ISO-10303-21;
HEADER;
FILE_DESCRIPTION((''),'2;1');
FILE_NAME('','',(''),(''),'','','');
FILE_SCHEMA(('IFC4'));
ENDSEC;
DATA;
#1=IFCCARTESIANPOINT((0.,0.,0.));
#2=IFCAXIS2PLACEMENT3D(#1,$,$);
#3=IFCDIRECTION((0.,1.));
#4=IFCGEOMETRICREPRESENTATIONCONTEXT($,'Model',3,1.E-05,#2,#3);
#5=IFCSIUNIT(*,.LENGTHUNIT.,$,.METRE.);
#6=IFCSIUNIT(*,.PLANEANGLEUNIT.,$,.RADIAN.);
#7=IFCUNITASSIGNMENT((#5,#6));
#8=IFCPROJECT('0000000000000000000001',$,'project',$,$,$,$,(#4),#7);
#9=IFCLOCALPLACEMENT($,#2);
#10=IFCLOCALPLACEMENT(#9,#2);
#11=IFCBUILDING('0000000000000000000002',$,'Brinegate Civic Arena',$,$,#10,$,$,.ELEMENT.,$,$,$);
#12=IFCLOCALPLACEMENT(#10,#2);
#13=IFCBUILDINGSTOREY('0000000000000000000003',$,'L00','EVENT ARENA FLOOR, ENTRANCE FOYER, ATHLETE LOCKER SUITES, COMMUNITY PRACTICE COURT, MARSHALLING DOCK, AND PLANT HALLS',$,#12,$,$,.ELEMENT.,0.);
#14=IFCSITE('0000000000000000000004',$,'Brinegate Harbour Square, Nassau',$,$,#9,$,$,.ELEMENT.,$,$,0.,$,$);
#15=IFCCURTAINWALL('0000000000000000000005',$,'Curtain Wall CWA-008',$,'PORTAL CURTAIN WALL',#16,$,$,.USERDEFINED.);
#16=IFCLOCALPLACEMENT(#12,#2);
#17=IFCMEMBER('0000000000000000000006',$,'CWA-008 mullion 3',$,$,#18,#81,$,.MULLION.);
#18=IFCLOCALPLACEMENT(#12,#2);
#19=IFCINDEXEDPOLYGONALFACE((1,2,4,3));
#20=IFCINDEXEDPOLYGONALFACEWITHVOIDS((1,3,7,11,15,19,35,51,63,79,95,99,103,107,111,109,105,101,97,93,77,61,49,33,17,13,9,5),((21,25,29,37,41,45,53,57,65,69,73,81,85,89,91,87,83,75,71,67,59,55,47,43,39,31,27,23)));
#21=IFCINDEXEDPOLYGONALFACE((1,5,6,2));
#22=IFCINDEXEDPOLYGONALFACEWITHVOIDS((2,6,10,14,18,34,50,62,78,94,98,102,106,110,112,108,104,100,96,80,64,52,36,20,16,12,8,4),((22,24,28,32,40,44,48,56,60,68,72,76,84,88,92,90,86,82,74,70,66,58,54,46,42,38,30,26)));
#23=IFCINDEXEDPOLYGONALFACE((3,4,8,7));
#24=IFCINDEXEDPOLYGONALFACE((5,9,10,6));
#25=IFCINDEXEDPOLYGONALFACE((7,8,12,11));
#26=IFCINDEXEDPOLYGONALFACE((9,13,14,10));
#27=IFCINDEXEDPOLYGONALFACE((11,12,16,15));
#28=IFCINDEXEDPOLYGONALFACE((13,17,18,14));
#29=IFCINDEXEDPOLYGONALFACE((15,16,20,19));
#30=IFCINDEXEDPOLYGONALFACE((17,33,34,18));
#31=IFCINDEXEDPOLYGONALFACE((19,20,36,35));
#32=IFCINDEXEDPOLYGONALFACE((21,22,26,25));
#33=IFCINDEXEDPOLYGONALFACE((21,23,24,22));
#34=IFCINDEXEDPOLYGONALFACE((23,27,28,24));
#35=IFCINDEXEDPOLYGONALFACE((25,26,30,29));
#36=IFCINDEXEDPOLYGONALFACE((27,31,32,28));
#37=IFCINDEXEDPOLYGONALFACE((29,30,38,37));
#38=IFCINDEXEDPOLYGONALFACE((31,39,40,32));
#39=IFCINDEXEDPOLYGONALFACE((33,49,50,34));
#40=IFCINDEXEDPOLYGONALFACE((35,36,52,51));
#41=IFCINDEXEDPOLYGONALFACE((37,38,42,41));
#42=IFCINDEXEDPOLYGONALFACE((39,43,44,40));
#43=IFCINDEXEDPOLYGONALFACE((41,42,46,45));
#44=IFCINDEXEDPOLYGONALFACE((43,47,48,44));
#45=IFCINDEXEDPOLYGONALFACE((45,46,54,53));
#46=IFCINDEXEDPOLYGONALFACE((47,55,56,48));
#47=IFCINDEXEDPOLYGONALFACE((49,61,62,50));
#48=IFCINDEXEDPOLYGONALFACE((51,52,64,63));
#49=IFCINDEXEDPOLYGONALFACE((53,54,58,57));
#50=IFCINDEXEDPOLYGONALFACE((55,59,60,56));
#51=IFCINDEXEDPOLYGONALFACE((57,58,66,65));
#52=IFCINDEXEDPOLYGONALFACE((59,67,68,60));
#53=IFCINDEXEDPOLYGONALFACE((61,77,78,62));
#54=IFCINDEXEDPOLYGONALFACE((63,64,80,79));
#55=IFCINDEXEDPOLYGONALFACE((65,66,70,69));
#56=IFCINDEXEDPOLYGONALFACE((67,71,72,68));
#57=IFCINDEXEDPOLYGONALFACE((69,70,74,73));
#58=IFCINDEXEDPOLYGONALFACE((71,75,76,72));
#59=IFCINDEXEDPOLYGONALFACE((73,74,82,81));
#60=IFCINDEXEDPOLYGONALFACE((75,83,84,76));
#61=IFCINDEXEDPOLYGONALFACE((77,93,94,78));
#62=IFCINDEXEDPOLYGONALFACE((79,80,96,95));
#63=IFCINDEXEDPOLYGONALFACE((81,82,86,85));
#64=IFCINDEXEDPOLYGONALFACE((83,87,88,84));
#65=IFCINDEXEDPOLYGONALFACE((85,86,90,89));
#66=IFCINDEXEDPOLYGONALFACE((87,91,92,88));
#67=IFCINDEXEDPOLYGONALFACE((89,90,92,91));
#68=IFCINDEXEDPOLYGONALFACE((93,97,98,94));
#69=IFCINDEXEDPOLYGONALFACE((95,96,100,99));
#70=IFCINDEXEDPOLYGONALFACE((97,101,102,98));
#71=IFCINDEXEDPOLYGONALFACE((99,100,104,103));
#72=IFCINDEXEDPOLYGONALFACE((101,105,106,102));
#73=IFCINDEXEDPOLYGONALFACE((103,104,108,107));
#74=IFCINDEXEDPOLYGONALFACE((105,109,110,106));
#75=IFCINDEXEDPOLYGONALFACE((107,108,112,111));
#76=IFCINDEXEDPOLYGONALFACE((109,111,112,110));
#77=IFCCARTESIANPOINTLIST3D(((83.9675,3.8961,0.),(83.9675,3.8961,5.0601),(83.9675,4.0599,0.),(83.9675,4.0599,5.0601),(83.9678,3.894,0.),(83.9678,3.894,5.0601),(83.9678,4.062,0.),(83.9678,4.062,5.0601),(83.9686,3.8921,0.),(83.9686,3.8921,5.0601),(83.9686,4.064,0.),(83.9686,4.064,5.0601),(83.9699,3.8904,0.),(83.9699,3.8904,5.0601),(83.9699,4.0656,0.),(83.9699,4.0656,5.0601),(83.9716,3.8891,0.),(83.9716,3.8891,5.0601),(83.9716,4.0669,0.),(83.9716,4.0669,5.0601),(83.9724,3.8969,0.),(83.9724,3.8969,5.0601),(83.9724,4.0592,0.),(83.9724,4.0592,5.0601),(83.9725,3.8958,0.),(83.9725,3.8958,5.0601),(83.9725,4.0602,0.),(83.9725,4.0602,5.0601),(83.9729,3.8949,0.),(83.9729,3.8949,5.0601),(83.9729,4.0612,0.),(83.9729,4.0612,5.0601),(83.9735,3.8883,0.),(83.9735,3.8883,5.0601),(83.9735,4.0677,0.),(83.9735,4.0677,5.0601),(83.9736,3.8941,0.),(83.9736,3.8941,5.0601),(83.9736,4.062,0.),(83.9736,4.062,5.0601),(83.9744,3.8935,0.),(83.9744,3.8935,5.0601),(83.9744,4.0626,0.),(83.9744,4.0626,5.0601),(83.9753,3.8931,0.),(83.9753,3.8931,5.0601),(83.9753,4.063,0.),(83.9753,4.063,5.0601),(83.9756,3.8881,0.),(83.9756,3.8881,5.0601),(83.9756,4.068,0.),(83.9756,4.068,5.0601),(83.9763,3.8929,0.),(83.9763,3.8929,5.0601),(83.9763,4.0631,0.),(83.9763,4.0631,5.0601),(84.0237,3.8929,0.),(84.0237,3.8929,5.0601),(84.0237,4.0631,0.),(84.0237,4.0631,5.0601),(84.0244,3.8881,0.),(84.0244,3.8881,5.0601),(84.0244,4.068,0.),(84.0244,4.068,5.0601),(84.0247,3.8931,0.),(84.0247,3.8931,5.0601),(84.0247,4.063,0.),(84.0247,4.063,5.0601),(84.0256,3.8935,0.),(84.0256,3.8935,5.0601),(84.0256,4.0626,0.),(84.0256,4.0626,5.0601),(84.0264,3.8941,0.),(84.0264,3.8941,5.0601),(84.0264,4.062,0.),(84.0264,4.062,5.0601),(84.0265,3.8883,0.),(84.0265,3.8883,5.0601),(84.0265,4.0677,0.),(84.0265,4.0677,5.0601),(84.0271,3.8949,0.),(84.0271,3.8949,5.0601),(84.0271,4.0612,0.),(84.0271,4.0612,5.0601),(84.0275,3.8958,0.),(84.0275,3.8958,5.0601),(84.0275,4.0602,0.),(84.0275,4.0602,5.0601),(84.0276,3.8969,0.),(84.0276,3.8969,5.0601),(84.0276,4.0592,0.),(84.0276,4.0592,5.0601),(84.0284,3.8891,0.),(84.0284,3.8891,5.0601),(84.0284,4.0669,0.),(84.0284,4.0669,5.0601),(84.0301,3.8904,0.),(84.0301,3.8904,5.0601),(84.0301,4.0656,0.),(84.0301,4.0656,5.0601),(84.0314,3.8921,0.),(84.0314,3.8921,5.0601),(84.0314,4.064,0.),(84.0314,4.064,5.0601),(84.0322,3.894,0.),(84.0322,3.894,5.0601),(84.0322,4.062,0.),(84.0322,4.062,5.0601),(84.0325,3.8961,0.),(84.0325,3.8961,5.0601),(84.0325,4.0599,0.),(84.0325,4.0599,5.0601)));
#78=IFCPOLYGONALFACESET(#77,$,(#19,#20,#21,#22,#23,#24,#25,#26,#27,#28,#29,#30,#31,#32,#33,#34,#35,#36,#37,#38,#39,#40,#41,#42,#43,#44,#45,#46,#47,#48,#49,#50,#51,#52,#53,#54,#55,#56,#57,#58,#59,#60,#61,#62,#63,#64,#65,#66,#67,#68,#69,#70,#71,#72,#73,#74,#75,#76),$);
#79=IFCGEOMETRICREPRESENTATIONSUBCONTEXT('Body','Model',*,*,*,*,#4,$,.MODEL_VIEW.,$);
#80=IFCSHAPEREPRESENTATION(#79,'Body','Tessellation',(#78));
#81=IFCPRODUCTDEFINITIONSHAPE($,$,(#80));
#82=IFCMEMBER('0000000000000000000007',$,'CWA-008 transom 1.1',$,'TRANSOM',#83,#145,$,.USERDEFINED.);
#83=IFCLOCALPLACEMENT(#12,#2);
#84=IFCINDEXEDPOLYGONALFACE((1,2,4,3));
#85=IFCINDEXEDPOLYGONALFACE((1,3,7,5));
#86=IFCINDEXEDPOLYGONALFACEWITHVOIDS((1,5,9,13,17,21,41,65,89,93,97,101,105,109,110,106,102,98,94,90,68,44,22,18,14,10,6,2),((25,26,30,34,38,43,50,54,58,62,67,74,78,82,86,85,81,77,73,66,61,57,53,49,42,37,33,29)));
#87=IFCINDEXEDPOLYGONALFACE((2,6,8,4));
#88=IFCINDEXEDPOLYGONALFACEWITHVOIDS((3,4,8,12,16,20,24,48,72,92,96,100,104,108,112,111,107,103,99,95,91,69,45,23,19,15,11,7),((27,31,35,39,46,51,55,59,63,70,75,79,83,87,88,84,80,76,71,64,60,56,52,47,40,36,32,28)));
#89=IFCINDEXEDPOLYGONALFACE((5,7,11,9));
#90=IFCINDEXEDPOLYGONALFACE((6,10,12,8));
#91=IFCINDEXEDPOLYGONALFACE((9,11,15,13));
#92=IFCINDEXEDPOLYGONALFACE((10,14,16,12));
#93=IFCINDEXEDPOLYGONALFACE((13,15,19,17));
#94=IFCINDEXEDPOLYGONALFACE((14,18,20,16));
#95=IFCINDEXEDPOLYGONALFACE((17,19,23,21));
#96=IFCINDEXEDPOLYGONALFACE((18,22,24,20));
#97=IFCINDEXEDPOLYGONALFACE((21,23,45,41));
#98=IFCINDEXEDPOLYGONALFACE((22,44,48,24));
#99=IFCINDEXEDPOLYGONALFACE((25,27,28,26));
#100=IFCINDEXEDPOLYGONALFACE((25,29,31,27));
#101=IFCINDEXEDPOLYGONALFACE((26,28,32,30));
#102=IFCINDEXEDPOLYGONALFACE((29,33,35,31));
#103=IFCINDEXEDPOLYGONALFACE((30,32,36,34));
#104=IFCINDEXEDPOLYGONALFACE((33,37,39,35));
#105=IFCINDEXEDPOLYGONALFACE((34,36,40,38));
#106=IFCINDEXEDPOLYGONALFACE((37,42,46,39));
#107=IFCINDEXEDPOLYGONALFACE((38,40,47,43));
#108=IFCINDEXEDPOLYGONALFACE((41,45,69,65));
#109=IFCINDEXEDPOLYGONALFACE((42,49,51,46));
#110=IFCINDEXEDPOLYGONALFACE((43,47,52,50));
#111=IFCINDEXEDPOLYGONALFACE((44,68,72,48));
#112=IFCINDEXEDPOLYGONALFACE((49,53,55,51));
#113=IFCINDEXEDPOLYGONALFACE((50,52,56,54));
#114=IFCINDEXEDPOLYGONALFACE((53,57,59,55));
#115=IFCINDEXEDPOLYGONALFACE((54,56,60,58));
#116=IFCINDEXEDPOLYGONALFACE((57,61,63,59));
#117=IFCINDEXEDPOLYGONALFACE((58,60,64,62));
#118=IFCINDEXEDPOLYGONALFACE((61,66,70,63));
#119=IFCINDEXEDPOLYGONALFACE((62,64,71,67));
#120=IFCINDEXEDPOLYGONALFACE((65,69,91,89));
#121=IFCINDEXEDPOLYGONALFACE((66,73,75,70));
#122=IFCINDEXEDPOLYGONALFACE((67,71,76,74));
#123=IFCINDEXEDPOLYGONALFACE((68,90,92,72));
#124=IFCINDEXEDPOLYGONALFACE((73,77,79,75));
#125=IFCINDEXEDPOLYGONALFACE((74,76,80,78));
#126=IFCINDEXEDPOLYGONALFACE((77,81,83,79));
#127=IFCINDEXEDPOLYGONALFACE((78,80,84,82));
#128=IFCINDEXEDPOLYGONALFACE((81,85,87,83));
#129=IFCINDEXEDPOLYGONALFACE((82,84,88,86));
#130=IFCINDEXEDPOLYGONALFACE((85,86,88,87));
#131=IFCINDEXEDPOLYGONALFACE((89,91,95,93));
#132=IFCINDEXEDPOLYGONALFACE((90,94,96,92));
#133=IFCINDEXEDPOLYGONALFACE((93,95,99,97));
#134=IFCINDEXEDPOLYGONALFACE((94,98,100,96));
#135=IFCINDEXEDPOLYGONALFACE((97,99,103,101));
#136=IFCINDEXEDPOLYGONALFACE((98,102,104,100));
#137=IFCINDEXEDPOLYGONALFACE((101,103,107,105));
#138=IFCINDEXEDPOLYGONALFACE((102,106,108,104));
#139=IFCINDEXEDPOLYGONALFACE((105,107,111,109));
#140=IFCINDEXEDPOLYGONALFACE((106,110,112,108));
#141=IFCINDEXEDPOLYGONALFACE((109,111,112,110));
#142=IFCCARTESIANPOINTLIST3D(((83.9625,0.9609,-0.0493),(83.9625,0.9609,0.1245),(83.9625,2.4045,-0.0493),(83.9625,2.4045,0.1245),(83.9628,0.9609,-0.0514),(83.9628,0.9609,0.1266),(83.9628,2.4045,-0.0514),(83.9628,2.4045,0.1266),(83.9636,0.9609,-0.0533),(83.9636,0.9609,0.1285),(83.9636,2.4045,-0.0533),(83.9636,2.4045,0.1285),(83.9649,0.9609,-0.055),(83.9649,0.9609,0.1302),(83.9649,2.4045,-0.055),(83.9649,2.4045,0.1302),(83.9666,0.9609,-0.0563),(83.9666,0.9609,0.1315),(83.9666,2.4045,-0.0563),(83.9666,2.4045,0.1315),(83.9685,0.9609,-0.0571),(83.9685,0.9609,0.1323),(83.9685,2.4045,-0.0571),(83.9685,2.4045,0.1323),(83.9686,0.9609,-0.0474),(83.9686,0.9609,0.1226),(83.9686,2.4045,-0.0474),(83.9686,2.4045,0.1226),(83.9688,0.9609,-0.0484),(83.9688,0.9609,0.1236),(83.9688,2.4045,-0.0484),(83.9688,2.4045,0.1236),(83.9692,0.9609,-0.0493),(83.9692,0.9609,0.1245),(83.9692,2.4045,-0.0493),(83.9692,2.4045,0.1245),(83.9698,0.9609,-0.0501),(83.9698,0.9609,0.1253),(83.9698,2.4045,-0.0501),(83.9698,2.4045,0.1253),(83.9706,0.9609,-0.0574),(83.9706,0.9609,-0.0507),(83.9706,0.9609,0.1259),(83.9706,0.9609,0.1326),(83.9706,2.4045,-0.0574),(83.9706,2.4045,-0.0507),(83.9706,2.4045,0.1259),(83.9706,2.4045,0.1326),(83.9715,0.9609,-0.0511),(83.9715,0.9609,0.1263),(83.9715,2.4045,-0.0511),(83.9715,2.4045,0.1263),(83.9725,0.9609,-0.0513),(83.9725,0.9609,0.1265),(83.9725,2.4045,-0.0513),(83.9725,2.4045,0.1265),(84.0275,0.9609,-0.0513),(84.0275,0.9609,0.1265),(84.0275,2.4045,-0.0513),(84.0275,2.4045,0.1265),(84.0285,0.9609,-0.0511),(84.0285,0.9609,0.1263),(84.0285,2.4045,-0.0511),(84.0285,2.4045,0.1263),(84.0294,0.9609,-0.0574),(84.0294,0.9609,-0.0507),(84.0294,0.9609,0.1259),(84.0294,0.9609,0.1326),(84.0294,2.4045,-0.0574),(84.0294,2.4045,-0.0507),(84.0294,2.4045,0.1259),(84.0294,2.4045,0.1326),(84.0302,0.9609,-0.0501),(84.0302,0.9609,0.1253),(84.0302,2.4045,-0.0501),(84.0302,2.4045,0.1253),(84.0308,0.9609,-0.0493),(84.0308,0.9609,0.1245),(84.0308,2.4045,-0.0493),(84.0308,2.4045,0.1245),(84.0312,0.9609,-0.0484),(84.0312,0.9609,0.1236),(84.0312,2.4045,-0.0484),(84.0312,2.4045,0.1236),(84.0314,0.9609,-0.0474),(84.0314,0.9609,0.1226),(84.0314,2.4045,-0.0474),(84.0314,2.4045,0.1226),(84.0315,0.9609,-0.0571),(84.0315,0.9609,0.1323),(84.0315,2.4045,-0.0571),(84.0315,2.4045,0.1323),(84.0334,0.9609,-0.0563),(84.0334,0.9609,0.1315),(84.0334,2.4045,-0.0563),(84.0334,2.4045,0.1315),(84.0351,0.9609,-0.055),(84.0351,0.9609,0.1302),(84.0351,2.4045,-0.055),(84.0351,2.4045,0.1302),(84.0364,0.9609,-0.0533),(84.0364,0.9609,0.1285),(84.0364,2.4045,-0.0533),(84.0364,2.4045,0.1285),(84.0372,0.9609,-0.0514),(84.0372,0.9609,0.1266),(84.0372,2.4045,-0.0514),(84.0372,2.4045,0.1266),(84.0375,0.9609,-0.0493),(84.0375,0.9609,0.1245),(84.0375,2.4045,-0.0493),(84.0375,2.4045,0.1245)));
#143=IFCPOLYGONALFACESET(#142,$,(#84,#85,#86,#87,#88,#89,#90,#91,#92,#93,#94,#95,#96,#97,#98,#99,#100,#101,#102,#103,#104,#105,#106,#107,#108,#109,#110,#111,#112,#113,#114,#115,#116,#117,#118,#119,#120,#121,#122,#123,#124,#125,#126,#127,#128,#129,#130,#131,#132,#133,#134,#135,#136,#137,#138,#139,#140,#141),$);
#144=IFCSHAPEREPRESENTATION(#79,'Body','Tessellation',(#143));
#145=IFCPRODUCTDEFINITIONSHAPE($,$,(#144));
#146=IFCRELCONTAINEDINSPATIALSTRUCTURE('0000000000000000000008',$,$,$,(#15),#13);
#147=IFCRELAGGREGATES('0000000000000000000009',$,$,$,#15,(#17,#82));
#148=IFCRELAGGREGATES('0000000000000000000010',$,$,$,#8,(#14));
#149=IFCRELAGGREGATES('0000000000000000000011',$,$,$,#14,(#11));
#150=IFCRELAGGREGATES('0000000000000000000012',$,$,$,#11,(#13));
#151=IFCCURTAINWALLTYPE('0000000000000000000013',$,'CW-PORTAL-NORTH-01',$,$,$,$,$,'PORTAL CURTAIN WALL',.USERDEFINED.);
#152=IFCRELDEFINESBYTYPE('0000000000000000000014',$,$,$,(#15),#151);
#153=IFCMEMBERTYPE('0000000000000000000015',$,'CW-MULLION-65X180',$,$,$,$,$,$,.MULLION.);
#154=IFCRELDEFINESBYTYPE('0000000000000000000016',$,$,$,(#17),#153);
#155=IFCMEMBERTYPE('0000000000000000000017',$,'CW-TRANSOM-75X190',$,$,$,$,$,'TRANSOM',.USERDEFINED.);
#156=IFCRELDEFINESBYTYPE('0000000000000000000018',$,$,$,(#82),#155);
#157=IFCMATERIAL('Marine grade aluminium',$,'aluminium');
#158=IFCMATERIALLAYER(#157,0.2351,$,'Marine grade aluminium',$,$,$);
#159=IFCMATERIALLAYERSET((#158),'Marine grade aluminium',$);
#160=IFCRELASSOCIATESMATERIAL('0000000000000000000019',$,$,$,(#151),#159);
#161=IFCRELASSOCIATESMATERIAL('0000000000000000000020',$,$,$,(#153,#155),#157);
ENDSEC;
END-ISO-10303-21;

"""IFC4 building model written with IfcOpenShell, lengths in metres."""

from ifc_helpers import new_model, si_unit, direction, frame, origin, origin_2d, place, context, subcontext, project, spatial, hollow_rectangle, extrude, material, layer, layer_set, material_profile, profile_set, type_object, element, aggregate, save


model = new_model("IFC4")

# Units and contexts
model_context = context("Model", 3, precision=1e-05, world=origin(), true_north=direction((0.0, 1.0)))
body_context = subcontext(model_context, "Body", "Model", "MODEL_VIEW")
ifc_project = project(units=[si_unit("LENGTHUNIT", "METRE"), si_unit("PLANEANGLEUNIT", "RADIAN")], contexts=[model_context])

# Site, building, storey
site_placement = place(None, origin())
site = spatial("IfcSite", under=ifc_project, at=site_placement, Name="Brinegate Harbour Square, Nassau", CompositionType="ELEMENT", RefElevation=0.0)
building_placement = place(site_placement, origin())
building = spatial("IfcBuilding", under=site, at=building_placement, Name="Brinegate Civic Arena", CompositionType="ELEMENT")
storey_placement = place(building_placement, origin())
storey = spatial("IfcBuildingStorey", under=building, at=storey_placement, Name="L00", Description="EVENT ARENA FLOOR, ENTRANCE FOYER, ATHLETE LOCKER SUITES, COMMUNITY PRACTICE COURT, MARSHALLING DOCK, AND PLANT HALLS", CompositionType="ELEMENT", Elevation=0.0)

# Curtain wall, members
ifc_material_1 = material(Name="Marine grade aluminium", Category="aluminium")
ifc_layer_1 = layer(ifc_material_1, 0.2351, Name="Marine grade aluminium")
ifc_layer_set_1 = layer_set([ifc_layer_1], Name="Marine grade aluminium")
curtain_wall_type = type_object("IfcCurtainWallType", Name="CW-PORTAL-NORTH-01", ElementType="PORTAL CURTAIN WALL", PredefinedType="USERDEFINED", material=ifc_layer_set_1)
curtain_wall_placement = place(storey_placement, origin())
curtain_wall = element("IfcCurtainWall", 1, at=curtain_wall_placement, inside=storey, type_object=curtain_wall_type, Name="Curtain Wall CWA-008", ObjectType="PORTAL CURTAIN WALL", PredefinedType="USERDEFINED")
ifc_material_profile_1 = material_profile(ifc_material_1, hollow_rectangle(XDim=0.0649, YDim=0.1799, WallThickness=0.0049, InnerFilletRadius=0.0039, OuterFilletRadius=0.0081, at=origin_2d()), Name="MUL65X180")
ifc_profile_set_1 = profile_set([ifc_material_profile_1], Name="Marine grade aluminium")
member_type_1 = type_object("IfcMemberType", Name="CW-MULLION-65X180", PredefinedType="MULLION", material=ifc_profile_set_1)
member_1_placement = place(storey_placement, frame((84.0, 3.978, 0.0), z_axis=(0.0, 0.0, 1.0), x_axis=(-1.0, 0.0, 0.0)))
member_1 = element("IfcMember", 2, at=member_1_placement, type_object=member_type_1, Name="CWA-008 mullion 3", PredefinedType="MULLION", context=body_context, shape_type="SweptSolid", body=[
    extrude(hollow_rectangle(XDim=0.0649, YDim=0.1799, WallThickness=0.0049, InnerFilletRadius=0.0039, OuterFilletRadius=0.0081, at=origin_2d()), origin(), (0.0, 0.0, 1.0), 5.0601),
])
ifc_material_profile_2 = material_profile(ifc_material_1, hollow_rectangle(XDim=0.075, YDim=0.1899, WallThickness=0.0061, InnerFilletRadius=0.0039, OuterFilletRadius=0.0081, at=origin_2d()), Name="TRN75X190")
ifc_profile_set_2 = profile_set([ifc_material_profile_2], Name="Marine grade aluminium")
member_type_2 = type_object("IfcMemberType", Name="CW-TRANSOM-75X190", ElementType="TRANSOM", PredefinedType="USERDEFINED", material=ifc_profile_set_2)
member_2_placement = place(storey_placement, frame((84.0, 0.9609, 0.0376), z_axis=(0.0, 1.0, 0.0), x_axis=(-1.0, 0.0, 0.0)))
member_2 = element("IfcMember", 3, at=member_2_placement, type_object=member_type_2, Name="CWA-008 transom 1.1", ObjectType="TRANSOM", PredefinedType="USERDEFINED", context=body_context, shape_type="SweptSolid", body=[
    extrude(hollow_rectangle(XDim=0.075, YDim=0.1899, WallThickness=0.0061, InnerFilletRadius=0.0039, OuterFilletRadius=0.0081, at=origin_2d()), origin(), (0.0, 0.0, 1.0), 1.4436),
])
aggregate(curtain_wall, [member_1, member_2])

save(model, "model.ifc")
